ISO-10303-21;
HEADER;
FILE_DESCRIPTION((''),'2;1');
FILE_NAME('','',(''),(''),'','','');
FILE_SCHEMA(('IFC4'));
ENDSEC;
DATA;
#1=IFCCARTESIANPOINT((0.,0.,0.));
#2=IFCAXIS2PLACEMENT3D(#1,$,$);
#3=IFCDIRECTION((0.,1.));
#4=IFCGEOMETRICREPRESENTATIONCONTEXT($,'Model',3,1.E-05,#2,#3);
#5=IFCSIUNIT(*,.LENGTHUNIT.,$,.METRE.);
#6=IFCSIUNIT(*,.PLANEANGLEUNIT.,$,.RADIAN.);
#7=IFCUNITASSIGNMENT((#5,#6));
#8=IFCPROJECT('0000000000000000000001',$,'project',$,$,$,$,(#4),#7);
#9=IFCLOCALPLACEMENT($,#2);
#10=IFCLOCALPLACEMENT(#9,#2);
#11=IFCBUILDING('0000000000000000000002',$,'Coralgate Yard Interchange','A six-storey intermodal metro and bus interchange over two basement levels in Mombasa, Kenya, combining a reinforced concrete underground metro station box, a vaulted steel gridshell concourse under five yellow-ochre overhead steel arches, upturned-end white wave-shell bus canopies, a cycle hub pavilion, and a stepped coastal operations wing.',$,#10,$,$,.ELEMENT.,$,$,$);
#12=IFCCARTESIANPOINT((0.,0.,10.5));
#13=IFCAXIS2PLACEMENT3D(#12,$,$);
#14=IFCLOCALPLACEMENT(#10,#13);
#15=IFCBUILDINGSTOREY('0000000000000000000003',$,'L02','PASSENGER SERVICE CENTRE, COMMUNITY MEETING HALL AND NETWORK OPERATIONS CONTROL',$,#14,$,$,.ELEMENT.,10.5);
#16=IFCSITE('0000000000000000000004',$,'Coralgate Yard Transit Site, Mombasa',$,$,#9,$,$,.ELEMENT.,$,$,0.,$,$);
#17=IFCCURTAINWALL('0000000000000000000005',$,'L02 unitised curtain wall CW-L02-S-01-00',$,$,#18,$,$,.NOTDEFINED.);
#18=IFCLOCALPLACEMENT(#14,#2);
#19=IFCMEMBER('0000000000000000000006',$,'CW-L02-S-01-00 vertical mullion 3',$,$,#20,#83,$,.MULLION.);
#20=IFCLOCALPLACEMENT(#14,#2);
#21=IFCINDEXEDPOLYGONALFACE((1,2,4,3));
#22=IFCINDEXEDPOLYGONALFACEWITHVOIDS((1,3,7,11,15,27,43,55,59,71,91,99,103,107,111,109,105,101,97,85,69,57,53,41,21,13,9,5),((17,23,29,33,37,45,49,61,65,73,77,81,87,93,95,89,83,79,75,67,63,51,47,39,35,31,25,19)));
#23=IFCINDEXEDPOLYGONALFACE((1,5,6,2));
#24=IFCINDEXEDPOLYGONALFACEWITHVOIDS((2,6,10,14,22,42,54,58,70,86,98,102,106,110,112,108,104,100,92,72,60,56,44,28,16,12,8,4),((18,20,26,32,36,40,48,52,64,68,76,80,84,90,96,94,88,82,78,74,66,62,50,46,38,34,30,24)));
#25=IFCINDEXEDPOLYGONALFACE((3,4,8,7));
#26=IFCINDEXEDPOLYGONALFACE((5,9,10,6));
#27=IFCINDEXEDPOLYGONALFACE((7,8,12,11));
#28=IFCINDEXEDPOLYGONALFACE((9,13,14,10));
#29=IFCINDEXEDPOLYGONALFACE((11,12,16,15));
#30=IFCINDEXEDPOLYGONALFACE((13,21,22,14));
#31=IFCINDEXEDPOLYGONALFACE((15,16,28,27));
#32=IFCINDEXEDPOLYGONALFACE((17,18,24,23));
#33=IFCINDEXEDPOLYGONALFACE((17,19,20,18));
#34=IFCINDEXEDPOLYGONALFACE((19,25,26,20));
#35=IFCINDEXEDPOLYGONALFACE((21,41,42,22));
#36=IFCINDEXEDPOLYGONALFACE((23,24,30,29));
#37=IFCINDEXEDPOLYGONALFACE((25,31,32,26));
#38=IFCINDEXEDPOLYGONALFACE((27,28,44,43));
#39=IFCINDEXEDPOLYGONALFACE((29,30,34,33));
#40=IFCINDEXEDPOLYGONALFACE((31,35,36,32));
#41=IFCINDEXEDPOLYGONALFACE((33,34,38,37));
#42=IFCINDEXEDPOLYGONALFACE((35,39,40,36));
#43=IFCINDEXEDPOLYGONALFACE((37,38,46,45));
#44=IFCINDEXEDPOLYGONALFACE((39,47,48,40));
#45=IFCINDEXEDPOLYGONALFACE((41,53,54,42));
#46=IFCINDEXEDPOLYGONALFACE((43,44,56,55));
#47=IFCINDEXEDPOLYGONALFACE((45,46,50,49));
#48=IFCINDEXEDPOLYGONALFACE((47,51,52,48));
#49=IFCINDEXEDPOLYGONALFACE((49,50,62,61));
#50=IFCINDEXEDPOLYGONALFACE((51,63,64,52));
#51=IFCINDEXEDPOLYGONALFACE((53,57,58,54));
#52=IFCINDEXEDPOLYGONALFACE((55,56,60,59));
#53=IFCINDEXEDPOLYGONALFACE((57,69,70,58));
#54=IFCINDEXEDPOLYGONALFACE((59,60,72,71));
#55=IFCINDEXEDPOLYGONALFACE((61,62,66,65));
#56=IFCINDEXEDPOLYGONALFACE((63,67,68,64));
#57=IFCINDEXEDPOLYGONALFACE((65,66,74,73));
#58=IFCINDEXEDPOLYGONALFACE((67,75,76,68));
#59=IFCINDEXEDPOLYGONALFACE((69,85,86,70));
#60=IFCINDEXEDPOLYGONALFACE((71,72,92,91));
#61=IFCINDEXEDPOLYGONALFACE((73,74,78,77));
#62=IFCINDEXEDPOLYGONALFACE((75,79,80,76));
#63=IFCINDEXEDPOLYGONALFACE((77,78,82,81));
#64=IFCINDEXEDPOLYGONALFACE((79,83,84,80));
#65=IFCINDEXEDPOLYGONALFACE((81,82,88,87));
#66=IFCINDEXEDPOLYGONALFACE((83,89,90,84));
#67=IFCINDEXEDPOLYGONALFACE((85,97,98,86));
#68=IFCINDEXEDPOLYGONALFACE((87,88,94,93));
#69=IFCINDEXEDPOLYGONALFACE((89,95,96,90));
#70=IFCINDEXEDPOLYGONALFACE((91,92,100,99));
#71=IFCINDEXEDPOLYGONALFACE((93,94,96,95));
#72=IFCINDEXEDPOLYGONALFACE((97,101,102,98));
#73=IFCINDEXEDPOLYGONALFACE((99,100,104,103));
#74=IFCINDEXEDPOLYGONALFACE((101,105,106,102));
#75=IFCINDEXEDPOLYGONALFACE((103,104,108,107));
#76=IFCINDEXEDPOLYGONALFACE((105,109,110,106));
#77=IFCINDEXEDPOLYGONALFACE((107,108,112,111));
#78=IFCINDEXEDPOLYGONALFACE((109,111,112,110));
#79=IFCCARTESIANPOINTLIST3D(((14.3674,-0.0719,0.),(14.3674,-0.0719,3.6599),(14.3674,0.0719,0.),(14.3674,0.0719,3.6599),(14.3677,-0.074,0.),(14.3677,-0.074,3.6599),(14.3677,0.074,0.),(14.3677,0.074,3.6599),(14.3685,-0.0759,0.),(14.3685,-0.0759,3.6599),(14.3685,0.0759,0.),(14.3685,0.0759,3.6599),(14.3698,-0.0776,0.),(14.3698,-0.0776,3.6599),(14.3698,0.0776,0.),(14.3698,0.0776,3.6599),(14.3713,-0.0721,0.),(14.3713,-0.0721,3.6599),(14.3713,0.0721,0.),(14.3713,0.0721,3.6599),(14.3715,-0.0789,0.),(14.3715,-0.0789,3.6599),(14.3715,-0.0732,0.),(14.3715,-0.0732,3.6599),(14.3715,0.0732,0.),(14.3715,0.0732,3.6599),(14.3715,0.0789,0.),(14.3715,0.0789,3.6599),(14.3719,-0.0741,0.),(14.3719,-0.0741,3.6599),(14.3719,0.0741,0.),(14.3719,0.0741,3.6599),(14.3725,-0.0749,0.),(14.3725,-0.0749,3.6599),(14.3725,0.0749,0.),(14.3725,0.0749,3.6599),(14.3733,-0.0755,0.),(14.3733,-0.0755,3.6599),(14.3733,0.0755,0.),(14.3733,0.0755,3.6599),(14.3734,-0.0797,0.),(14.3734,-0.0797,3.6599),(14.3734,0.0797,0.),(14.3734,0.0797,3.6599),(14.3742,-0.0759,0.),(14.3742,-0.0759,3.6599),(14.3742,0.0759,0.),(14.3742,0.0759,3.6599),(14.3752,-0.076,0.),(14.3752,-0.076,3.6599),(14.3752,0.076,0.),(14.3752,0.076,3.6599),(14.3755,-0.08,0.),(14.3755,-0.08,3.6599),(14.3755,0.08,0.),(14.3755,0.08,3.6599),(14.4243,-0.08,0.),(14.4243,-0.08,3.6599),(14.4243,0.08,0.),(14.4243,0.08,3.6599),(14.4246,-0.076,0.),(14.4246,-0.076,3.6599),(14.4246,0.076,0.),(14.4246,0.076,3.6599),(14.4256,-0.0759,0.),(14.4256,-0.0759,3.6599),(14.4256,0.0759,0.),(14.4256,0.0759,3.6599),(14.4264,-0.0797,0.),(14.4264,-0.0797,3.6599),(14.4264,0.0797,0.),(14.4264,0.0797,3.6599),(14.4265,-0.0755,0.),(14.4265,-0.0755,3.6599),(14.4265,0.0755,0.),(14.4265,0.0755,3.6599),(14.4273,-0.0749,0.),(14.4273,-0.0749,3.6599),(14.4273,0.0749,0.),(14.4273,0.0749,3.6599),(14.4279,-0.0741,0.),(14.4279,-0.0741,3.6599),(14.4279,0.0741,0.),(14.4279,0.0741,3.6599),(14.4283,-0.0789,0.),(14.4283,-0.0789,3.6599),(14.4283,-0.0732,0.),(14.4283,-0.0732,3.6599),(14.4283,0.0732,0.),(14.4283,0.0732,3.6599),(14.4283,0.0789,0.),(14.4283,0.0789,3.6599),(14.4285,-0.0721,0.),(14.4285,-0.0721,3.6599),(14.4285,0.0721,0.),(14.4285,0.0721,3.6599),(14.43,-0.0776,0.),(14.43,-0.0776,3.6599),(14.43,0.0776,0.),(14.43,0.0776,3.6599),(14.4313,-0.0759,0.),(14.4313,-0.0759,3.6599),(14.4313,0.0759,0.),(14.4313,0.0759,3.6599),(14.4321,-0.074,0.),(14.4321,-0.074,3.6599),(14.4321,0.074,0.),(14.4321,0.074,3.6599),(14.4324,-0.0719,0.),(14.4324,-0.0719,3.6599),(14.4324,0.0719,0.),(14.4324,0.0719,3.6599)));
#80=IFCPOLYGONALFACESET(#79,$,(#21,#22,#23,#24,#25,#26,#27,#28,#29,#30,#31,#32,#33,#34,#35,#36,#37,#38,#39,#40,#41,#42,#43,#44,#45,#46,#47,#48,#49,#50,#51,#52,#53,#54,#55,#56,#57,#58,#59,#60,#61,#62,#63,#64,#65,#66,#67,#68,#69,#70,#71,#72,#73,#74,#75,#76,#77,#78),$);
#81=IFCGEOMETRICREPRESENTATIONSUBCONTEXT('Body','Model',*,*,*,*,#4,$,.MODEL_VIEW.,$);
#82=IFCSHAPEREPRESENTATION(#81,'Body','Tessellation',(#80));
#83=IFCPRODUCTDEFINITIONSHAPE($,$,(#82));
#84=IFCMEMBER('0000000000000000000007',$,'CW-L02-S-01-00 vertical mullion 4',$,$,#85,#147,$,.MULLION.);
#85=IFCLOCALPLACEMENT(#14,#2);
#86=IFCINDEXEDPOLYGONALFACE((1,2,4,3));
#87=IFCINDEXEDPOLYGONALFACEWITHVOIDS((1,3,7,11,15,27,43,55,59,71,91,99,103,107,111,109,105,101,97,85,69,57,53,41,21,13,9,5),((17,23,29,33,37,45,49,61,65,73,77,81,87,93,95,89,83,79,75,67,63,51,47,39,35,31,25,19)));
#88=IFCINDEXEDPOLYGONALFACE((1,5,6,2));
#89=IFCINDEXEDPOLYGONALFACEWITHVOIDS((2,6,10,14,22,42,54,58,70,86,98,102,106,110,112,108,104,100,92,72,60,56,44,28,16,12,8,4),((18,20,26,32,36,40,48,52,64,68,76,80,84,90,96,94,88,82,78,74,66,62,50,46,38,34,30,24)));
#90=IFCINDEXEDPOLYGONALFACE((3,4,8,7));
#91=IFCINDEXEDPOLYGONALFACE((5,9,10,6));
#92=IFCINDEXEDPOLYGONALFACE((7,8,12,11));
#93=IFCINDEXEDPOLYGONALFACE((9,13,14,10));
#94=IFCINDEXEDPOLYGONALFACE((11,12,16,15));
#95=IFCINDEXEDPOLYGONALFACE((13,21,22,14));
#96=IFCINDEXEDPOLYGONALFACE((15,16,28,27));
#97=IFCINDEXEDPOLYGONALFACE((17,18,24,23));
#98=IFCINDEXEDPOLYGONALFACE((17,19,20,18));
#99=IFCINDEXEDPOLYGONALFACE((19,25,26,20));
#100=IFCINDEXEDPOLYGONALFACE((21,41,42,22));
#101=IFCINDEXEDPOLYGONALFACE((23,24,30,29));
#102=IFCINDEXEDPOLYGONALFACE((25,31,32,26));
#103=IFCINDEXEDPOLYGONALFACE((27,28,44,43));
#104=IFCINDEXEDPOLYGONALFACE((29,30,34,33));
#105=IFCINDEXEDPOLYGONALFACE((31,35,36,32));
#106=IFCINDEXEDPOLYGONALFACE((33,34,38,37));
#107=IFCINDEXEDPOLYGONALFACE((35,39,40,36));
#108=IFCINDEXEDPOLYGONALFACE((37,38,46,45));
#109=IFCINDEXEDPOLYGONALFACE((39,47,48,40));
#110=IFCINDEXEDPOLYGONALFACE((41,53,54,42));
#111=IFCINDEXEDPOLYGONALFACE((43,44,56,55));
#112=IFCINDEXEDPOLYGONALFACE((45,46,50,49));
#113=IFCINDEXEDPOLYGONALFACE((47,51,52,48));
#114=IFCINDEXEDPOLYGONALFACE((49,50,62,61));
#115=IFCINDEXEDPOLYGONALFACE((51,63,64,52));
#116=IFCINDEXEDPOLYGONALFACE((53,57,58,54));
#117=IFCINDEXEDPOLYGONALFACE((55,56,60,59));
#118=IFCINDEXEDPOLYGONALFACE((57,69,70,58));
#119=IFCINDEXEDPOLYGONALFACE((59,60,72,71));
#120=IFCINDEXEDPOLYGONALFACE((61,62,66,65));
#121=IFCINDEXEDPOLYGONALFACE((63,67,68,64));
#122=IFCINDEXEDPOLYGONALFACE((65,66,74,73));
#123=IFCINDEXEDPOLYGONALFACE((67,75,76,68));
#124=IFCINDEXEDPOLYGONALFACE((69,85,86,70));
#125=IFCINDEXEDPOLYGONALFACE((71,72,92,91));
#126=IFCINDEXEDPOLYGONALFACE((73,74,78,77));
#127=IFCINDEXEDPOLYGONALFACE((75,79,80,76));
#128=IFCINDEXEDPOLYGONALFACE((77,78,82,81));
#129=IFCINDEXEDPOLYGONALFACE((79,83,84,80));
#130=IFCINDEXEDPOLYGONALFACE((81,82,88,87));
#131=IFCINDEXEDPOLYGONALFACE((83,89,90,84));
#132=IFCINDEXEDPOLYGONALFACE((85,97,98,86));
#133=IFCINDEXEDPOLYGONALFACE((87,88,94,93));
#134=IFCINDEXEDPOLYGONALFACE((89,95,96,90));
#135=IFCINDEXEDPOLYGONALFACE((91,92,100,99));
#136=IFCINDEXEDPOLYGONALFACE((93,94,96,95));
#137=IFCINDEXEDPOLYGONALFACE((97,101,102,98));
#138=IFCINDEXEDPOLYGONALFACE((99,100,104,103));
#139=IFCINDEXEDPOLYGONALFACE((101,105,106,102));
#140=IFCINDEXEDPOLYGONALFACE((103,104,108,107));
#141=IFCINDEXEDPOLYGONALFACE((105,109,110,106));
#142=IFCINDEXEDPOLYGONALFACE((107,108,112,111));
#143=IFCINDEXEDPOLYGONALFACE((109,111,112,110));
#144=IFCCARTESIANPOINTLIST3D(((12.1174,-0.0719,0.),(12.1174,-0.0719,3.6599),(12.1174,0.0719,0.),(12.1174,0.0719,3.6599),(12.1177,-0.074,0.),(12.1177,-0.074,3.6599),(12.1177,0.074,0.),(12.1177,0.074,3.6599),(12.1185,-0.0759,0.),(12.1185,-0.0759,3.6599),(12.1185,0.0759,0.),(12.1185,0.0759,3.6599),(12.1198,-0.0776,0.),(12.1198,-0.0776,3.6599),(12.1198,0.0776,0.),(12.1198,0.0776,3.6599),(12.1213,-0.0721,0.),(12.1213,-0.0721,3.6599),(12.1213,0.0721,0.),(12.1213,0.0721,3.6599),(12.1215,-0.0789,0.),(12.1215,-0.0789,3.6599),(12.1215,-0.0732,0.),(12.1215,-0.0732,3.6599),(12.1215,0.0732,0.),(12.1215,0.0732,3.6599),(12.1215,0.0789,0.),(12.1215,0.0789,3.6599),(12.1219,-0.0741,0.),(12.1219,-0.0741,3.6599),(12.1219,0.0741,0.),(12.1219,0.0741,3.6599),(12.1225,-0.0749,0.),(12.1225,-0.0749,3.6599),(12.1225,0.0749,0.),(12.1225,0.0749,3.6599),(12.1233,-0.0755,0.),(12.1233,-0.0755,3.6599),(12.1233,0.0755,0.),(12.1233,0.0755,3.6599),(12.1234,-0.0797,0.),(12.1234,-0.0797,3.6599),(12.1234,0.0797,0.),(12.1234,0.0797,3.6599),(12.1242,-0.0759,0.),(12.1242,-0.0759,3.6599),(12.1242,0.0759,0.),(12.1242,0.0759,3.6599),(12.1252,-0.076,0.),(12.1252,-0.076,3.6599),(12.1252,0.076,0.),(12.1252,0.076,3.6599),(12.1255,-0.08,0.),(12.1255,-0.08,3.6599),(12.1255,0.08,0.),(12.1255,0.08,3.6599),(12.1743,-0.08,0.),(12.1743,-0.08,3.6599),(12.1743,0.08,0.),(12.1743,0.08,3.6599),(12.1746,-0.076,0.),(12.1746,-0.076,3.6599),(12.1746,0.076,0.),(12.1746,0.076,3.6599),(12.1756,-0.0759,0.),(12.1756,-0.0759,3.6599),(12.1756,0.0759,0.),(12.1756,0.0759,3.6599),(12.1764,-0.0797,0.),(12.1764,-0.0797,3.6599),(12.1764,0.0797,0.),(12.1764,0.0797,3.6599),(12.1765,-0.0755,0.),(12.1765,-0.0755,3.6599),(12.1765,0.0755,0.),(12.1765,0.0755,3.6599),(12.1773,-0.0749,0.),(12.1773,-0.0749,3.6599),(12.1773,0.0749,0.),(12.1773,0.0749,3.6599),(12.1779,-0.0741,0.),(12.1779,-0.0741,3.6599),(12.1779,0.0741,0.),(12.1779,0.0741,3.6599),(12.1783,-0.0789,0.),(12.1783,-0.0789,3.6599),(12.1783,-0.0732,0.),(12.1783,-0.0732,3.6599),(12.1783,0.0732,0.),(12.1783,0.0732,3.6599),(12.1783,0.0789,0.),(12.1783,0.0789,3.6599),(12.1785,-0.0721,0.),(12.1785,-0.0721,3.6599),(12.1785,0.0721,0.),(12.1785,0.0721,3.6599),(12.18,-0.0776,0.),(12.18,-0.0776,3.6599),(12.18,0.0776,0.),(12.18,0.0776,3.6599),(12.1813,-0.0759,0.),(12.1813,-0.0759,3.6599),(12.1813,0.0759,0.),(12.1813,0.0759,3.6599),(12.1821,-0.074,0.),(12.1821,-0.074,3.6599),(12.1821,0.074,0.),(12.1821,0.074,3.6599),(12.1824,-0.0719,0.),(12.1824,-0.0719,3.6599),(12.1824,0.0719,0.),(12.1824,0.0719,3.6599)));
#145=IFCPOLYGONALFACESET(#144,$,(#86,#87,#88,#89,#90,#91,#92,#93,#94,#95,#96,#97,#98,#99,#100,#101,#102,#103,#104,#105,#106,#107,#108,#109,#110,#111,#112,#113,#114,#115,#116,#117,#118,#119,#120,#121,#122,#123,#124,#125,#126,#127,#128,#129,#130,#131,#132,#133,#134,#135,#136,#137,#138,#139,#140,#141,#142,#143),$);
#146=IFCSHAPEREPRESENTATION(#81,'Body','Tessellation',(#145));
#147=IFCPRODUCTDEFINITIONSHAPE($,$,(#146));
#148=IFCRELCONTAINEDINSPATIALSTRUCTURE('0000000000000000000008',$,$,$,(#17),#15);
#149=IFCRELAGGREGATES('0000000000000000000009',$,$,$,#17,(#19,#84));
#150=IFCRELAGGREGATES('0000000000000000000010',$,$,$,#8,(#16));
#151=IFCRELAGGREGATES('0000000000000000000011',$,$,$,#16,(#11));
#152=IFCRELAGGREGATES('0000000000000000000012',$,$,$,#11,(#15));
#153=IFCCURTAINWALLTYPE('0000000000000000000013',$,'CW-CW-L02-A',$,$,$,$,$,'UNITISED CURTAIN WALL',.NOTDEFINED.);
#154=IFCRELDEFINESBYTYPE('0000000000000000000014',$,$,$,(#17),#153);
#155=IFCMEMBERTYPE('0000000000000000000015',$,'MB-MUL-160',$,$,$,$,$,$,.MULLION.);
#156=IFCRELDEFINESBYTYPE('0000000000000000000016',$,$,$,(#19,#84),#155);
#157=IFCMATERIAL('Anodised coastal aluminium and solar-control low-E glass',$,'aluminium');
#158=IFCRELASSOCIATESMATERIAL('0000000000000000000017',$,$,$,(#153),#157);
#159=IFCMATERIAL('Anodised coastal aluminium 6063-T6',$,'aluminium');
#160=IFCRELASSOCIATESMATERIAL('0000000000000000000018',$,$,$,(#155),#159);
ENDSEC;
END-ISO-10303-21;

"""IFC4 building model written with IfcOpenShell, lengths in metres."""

from ifc_helpers import new_model, si_unit, direction, frame, origin, origin_2d, place, context, subcontext, project, spatial, hollow_rectangle, extrude, material, material_profile, profile_set, type_object, element, aggregate, save


model = new_model("IFC4")

# Units and contexts
model_context = context("Model", 3, precision=1e-05, world=origin(), true_north=direction((0.0, 1.0)))
body_context = subcontext(model_context, "Body", "Model", "MODEL_VIEW")
ifc_project = project(units=[si_unit("LENGTHUNIT", "METRE"), si_unit("PLANEANGLEUNIT", "RADIAN")], contexts=[model_context])

# Site, building, storey
site_placement = place(None, origin())
site = spatial("IfcSite", under=ifc_project, at=site_placement, Name="Coralgate Yard Transit Site, Mombasa", CompositionType="ELEMENT", RefElevation=0.0)
building_placement = place(site_placement, origin())
building = spatial("IfcBuilding", under=site, at=building_placement, Name="Coralgate Yard Interchange", Description="A six-storey intermodal metro and bus interchange over two basement levels in Mombasa, Kenya, combining a reinforced concrete underground metro station box, a vaulted steel gridshell concourse under five yellow-ochre overhead steel arches, upturned-end white wave-shell bus canopies, a cycle hub pavilion, and a stepped coastal operations wing.", CompositionType="ELEMENT")
storey_placement = place(building_placement, frame((0.0, 0.0, 10.5)))
storey = spatial("IfcBuildingStorey", under=building, at=storey_placement, Name="L02", Description="PASSENGER SERVICE CENTRE, COMMUNITY MEETING HALL AND NETWORK OPERATIONS CONTROL", CompositionType="ELEMENT", Elevation=10.5)

# Curtain wall, members
ifc_material_1 = material(Name="Anodised coastal aluminium and solar-control low-E glass", Category="aluminium")
curtain_wall_type = type_object("IfcCurtainWallType", Name="CW-CW-L02-A", ElementType="UNITISED CURTAIN WALL", PredefinedType="NOTDEFINED", material=ifc_material_1)
curtain_wall_placement = place(storey_placement, origin())
curtain_wall = element("IfcCurtainWall", 1, at=curtain_wall_placement, inside=storey, type_object=curtain_wall_type, Name="L02 unitised curtain wall CW-L02-S-01-00", PredefinedType="NOTDEFINED")
ifc_material_2 = material(Name="Anodised coastal aluminium 6063-T6", Category="aluminium")
ifc_material_profile_1 = material_profile(ifc_material_2, hollow_rectangle(XDim=0.0649, YDim=0.1599, WallThickness=0.0039, InnerFilletRadius=0.0039, OuterFilletRadius=0.0081, at=origin_2d()), Name="ALU 65x160x4")
ifc_profile_set_1 = profile_set([ifc_material_profile_1], Name="Anodised coastal aluminium 6063-T6")
member_type_1 = type_object("IfcMemberType", Name="MB-MUL-160", PredefinedType="MULLION", material=ifc_profile_set_1)
member_1_placement = place(storey_placement, frame((14.3999, 0.0, 0.0), z_axis=(0.0, 0.0, 1.0), x_axis=(1.0, 0.0, 0.0)))
member_1 = element("IfcMember", 2, at=member_1_placement, type_object=member_type_1, Name="CW-L02-S-01-00 vertical mullion 3", PredefinedType="MULLION", context=body_context, shape_type="SweptSolid", body=[
    extrude(hollow_rectangle(XDim=0.0649, YDim=0.1599, WallThickness=0.0039, InnerFilletRadius=0.0039, OuterFilletRadius=0.0081, at=origin_2d()), origin(), (0.0, 0.0, 1.0), 3.6599),
])
member_2_placement = place(storey_placement, frame((12.1499, 0.0, 0.0), z_axis=(0.0, 0.0, 1.0), x_axis=(1.0, 0.0, 0.0)))
member_2 = element("IfcMember", 3, at=member_2_placement, type_object=member_type_1, Name="CW-L02-S-01-00 vertical mullion 4", PredefinedType="MULLION", context=body_context, shape_type="SweptSolid", body=[
    extrude(hollow_rectangle(XDim=0.0649, YDim=0.1599, WallThickness=0.0039, InnerFilletRadius=0.0039, OuterFilletRadius=0.0081, at=origin_2d()), origin(), (0.0, 0.0, 1.0), 3.6599),
])
aggregate(curtain_wall, [member_1, member_2])

save(model, "model.ifc")
